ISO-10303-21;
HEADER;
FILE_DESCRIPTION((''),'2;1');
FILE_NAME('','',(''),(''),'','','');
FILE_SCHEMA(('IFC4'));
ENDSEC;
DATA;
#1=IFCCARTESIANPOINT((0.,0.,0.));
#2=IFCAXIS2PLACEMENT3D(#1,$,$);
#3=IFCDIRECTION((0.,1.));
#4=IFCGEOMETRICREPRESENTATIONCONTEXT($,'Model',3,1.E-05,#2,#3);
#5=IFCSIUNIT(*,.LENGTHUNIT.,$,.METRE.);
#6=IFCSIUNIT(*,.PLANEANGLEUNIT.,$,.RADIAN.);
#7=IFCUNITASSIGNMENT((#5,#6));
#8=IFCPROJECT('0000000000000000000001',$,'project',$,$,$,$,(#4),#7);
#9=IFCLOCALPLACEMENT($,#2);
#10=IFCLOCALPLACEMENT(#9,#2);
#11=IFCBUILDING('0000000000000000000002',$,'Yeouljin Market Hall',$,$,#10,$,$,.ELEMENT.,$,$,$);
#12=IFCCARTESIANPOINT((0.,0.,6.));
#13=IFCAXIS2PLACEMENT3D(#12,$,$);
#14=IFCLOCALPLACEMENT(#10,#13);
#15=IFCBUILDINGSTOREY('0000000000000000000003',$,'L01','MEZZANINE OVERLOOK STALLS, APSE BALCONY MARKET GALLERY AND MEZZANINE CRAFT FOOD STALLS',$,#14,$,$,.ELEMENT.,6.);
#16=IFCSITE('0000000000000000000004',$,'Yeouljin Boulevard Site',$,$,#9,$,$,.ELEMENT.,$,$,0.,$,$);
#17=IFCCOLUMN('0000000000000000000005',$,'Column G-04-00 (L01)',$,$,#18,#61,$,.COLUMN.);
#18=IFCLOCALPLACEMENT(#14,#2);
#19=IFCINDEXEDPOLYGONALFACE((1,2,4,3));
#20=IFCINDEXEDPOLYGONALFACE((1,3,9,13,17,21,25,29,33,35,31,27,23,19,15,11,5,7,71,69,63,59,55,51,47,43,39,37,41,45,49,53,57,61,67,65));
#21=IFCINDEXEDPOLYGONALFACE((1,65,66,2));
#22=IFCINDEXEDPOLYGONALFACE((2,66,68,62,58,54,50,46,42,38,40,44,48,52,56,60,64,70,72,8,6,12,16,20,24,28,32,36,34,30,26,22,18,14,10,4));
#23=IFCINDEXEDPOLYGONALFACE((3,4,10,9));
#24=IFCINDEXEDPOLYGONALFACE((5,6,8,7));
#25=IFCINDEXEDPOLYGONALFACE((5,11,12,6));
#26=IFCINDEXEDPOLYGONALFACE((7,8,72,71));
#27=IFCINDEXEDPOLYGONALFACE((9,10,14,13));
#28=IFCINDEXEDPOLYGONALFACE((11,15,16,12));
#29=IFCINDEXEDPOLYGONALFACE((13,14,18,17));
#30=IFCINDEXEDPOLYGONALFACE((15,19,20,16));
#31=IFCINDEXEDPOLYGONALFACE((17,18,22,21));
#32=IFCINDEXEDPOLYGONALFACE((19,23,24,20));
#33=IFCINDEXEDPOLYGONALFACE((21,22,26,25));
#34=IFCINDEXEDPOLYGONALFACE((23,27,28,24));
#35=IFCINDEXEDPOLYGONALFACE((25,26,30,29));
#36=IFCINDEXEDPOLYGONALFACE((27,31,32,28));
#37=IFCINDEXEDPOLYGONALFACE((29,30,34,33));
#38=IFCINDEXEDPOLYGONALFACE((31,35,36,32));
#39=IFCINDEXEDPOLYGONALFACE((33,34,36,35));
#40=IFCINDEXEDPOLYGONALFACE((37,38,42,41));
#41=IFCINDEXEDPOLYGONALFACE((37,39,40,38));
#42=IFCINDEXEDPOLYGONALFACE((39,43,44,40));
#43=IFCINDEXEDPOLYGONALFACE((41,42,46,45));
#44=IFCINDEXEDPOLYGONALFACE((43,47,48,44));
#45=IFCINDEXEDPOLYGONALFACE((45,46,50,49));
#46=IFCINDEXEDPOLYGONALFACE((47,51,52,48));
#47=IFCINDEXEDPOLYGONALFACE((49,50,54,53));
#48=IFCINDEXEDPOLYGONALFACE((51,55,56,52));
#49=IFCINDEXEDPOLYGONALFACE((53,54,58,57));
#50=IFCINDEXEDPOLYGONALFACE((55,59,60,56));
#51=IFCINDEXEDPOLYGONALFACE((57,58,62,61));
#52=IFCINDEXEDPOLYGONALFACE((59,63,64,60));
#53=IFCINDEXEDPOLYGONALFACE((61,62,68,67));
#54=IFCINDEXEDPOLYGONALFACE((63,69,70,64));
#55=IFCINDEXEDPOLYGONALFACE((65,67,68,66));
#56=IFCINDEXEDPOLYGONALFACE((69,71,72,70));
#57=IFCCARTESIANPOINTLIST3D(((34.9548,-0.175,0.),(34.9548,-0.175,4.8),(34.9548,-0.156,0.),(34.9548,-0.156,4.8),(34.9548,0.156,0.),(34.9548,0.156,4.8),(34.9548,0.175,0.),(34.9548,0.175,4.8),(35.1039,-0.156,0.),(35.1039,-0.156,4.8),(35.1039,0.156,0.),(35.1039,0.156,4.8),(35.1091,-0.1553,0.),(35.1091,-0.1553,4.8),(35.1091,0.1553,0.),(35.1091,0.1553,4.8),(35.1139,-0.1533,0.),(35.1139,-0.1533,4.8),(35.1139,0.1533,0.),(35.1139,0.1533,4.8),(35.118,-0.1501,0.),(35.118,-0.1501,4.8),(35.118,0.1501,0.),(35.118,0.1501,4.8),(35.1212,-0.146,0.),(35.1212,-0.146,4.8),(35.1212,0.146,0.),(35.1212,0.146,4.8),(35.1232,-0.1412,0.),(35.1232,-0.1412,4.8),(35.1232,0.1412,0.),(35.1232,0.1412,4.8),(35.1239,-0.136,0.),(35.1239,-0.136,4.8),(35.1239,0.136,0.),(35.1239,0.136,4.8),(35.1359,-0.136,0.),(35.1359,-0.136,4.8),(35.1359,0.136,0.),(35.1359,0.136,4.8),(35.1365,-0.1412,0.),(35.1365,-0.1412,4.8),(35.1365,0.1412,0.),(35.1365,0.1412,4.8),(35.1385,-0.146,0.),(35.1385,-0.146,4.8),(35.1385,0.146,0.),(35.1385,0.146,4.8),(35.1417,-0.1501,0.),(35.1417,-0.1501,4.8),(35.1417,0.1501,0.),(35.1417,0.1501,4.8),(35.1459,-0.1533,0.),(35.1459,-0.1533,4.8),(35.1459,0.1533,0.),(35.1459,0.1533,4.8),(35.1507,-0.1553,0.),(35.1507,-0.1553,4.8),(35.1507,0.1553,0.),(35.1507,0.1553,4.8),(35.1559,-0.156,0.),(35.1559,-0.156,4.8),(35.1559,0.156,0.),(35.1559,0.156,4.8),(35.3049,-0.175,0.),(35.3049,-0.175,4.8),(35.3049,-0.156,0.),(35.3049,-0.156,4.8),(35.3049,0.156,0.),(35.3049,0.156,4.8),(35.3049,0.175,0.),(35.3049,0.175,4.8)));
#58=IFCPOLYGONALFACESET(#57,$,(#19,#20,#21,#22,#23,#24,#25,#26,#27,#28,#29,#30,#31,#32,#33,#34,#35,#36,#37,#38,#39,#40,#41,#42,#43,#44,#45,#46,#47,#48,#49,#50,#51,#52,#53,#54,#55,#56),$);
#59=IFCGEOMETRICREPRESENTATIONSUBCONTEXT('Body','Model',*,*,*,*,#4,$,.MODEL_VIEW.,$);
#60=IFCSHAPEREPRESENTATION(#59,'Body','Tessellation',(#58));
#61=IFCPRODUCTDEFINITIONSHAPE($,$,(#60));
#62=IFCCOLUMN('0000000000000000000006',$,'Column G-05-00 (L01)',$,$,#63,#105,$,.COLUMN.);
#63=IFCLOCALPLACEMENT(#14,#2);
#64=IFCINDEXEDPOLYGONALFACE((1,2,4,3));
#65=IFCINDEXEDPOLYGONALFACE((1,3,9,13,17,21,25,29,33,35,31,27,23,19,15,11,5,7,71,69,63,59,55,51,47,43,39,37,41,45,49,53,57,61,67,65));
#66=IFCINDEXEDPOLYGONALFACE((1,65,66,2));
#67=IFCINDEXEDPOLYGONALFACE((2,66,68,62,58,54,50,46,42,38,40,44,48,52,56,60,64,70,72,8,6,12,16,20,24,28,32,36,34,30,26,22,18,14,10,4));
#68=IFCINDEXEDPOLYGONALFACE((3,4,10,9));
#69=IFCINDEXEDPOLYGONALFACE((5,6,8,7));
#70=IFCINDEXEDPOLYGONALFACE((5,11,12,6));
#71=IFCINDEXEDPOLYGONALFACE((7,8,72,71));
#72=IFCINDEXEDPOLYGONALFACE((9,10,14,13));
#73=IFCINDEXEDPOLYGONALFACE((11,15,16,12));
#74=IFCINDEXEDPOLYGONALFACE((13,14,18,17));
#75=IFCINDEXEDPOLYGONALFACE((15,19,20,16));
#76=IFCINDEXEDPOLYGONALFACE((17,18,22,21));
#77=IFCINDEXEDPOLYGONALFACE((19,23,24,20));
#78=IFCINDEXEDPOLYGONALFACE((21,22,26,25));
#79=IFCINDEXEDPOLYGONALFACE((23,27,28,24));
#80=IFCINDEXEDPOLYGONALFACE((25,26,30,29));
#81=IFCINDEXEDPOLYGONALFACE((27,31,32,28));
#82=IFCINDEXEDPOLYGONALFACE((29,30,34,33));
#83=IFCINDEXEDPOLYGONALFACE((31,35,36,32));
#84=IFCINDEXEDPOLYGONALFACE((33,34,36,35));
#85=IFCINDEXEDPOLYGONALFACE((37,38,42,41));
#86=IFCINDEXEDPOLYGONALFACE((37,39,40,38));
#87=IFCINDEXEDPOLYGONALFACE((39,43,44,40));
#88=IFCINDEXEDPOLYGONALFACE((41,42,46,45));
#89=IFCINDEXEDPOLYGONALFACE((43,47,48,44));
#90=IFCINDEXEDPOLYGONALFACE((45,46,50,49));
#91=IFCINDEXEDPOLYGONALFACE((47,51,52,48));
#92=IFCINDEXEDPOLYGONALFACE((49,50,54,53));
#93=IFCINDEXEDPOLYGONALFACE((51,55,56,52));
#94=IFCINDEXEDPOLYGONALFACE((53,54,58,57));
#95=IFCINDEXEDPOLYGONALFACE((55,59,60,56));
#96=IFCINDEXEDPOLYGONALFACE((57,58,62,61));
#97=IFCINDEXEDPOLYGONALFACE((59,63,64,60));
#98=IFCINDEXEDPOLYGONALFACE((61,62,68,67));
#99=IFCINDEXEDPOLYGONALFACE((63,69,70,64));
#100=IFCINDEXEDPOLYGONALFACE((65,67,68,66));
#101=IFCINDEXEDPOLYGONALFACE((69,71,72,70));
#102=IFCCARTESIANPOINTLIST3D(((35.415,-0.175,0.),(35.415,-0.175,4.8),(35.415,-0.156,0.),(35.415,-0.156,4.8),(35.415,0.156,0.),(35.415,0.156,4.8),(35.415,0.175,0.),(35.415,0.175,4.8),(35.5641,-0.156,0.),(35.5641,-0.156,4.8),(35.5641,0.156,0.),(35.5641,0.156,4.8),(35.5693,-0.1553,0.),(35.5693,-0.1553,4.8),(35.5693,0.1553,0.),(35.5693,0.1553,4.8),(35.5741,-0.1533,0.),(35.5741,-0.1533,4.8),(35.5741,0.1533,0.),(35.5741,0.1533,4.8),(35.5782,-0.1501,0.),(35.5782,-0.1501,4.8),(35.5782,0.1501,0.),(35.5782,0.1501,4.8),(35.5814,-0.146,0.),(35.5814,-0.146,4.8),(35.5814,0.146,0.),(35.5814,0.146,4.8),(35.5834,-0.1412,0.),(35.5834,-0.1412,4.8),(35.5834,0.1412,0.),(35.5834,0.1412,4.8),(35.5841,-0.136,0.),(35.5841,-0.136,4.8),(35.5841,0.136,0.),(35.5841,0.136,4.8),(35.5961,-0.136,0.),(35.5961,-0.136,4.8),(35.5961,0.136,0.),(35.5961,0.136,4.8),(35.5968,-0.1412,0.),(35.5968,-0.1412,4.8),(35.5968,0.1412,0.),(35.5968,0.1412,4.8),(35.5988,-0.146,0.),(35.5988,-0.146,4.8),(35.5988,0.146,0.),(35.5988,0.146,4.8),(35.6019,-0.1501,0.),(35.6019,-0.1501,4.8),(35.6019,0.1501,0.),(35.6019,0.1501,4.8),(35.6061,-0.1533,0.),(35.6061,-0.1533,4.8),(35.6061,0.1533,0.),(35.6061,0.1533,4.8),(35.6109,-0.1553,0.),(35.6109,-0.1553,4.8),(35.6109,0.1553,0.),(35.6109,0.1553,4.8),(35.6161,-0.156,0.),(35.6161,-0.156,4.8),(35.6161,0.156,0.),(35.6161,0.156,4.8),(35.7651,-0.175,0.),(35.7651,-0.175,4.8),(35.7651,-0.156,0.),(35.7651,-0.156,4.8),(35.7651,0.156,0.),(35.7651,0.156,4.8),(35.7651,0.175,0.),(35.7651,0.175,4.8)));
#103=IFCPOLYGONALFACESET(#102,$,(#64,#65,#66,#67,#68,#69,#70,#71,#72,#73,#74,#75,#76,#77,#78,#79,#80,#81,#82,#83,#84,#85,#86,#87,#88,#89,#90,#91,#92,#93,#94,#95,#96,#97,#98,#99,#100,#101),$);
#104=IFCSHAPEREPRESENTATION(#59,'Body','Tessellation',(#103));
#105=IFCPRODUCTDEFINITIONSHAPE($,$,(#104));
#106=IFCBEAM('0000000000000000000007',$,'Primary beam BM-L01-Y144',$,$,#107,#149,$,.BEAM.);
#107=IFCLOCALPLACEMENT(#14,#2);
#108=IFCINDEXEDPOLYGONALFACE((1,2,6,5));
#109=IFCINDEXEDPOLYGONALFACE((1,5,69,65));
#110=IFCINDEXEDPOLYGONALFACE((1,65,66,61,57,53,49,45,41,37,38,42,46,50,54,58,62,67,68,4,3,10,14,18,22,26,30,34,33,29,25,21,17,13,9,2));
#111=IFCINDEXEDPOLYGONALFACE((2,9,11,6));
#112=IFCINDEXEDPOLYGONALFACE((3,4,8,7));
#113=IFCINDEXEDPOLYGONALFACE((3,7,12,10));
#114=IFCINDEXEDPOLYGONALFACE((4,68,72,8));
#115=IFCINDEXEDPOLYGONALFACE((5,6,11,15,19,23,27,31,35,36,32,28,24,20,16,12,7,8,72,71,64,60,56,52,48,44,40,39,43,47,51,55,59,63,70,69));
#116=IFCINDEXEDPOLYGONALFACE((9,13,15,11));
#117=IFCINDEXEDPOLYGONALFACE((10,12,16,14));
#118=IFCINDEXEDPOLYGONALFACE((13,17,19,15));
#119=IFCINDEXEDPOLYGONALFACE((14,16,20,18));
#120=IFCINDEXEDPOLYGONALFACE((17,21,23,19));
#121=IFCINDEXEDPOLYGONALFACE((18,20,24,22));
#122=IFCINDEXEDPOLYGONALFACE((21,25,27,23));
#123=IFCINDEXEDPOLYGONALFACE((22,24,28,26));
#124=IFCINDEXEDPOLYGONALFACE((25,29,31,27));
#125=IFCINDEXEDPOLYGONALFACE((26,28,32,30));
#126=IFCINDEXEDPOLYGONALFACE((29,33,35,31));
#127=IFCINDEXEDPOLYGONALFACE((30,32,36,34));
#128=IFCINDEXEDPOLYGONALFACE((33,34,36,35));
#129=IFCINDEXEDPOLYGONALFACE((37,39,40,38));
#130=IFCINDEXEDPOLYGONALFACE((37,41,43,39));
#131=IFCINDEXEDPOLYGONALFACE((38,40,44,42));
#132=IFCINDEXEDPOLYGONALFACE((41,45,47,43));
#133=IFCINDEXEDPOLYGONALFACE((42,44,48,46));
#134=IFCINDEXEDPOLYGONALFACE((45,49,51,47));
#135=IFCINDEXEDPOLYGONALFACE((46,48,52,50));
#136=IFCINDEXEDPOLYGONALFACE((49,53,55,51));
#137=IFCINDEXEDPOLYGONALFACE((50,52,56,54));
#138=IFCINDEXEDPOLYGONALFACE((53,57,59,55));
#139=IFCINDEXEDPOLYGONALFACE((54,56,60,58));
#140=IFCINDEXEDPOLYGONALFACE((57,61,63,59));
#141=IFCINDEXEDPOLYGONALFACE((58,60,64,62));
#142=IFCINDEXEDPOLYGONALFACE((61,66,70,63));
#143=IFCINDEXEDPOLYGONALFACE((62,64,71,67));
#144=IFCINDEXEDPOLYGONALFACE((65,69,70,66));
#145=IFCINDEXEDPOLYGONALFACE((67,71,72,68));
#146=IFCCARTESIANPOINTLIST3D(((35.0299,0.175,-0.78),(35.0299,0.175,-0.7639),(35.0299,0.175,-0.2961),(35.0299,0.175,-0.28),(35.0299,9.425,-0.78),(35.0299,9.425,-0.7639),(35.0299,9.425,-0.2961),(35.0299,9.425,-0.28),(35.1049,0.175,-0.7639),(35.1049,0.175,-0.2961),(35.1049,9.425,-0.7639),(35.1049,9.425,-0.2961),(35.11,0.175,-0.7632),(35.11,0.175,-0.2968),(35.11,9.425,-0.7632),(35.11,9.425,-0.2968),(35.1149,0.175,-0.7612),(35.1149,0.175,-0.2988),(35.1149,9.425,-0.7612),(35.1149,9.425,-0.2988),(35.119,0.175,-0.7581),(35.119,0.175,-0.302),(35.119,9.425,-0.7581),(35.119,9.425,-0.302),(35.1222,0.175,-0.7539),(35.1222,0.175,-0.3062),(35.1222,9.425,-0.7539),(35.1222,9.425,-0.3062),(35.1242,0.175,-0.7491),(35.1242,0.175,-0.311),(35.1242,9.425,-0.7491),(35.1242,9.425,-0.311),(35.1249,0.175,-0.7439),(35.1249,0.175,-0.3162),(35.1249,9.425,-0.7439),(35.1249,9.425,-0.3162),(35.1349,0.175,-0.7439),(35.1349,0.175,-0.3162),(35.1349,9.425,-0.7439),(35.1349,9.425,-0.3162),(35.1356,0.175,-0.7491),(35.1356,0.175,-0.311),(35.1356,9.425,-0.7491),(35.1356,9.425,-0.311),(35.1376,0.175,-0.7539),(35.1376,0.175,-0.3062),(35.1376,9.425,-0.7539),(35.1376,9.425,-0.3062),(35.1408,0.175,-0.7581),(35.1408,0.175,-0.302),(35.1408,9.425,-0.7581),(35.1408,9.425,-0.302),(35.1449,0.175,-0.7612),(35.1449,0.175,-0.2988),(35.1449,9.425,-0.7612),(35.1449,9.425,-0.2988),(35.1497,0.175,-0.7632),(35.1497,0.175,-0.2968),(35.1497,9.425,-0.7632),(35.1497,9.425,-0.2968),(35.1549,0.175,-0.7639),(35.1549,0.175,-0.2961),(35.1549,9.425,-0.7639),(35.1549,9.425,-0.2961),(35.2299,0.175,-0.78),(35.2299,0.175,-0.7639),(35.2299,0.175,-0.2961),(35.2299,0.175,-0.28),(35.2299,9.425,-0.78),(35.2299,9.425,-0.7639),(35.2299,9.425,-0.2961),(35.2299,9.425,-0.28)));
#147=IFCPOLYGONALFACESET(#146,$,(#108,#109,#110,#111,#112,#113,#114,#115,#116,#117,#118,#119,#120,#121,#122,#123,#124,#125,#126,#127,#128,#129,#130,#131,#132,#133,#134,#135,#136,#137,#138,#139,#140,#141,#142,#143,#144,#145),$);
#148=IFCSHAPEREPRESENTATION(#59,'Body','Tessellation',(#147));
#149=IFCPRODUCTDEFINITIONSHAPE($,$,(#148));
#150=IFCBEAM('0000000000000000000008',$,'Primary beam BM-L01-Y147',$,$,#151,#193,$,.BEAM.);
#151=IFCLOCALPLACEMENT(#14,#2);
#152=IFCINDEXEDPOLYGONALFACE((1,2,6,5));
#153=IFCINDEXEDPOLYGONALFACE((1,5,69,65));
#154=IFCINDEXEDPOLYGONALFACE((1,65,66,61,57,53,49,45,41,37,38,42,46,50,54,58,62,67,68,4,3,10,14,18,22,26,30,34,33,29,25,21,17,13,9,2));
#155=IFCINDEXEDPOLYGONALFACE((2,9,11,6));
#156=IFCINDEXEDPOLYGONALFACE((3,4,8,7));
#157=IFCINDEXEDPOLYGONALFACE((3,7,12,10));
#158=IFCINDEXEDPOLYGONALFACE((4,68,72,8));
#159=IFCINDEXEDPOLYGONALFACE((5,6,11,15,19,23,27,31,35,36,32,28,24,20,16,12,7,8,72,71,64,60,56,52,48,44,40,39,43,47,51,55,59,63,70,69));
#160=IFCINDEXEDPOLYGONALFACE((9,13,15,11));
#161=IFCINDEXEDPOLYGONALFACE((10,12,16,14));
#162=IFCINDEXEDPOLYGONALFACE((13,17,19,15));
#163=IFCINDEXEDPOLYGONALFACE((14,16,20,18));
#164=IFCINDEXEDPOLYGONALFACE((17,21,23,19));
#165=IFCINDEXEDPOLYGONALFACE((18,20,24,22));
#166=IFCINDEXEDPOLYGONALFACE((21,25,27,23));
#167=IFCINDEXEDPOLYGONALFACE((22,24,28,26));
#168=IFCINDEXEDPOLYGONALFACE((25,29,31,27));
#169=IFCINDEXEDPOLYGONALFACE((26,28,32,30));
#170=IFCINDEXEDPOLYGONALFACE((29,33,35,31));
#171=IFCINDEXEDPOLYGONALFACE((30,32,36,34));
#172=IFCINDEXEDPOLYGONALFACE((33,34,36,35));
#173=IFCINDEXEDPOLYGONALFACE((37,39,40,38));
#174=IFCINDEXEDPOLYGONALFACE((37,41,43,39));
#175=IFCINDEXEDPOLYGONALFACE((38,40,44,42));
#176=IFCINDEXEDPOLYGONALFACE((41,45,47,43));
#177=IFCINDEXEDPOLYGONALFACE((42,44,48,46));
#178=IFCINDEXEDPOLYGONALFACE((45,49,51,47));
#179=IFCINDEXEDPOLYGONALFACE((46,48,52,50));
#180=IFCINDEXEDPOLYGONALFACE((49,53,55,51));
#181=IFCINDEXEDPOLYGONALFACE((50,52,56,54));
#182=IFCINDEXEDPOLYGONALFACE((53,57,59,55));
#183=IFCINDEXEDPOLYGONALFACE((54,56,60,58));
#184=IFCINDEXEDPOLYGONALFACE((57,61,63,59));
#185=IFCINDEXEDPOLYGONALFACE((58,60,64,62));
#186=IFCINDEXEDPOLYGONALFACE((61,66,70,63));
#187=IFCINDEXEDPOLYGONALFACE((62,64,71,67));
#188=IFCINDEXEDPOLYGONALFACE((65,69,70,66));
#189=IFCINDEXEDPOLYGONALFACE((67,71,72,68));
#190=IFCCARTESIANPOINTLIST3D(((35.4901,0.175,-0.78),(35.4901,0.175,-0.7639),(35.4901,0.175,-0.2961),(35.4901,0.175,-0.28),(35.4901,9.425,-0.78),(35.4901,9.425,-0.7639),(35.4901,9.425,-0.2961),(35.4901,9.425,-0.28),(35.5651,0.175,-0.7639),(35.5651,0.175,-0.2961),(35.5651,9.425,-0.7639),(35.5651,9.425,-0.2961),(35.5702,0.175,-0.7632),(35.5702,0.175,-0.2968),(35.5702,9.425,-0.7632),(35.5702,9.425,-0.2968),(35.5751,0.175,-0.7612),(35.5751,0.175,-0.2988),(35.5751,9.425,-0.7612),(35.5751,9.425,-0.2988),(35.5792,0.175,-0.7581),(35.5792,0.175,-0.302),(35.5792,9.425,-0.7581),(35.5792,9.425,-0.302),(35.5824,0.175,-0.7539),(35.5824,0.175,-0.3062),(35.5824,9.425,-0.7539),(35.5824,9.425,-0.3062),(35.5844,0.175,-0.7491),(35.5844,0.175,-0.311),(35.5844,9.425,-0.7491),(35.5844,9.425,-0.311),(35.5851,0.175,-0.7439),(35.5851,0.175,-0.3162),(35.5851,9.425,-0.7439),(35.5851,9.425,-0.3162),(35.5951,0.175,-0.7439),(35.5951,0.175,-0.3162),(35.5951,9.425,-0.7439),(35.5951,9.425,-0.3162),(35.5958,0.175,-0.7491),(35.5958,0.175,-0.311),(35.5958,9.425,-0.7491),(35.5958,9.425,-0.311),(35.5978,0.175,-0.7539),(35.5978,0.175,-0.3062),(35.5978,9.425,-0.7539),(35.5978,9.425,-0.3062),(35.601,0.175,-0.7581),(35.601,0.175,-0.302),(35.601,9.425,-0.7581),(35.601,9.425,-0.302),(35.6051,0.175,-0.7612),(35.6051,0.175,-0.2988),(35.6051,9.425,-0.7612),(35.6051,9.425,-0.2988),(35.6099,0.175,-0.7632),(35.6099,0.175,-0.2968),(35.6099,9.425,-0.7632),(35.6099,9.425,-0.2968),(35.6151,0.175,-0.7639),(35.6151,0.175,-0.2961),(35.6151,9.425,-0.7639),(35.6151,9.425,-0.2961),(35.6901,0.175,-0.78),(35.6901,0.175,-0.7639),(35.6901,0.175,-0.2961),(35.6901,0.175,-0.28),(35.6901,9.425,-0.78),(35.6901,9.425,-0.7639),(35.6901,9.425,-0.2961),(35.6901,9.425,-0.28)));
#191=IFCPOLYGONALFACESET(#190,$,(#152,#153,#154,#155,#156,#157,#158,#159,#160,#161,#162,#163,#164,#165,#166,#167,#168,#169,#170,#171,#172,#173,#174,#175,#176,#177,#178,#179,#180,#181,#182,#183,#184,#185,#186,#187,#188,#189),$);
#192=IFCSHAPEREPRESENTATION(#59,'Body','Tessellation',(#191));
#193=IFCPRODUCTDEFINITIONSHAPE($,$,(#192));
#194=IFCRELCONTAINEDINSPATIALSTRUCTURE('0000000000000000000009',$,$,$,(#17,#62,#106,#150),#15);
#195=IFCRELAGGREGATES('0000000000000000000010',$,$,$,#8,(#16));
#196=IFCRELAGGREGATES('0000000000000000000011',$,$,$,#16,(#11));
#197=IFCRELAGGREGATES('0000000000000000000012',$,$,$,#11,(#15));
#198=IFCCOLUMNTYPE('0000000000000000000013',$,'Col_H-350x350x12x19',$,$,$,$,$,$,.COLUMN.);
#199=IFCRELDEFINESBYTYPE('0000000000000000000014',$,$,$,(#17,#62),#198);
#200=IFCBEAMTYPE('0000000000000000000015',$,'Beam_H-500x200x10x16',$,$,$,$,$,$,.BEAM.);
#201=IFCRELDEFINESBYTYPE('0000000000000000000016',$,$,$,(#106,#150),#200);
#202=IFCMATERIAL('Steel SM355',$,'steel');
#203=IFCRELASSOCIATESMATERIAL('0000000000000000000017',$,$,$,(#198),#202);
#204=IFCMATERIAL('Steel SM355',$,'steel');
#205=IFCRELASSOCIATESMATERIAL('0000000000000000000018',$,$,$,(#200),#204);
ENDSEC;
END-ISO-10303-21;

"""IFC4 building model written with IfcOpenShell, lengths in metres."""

from ifc_helpers import new_model, si_unit, direction, frame, origin, origin_2d, place, context, subcontext, project, spatial, i_section, extrude, material, material_profile, profile_set, type_object, element, save


model = new_model("IFC4")

# Units and contexts
model_context = context("Model", 3, precision=1e-05, world=origin(), true_north=direction((0.0, 1.0)))
body_context = subcontext(model_context, "Body", "Model", "MODEL_VIEW")
ifc_project = project(units=[si_unit("LENGTHUNIT", "METRE"), si_unit("PLANEANGLEUNIT", "RADIAN")], contexts=[model_context])

# Site, building, storey
site_placement = place(None, origin())
site = spatial("IfcSite", under=ifc_project, at=site_placement, Name="Yeouljin Boulevard Site", CompositionType="ELEMENT", RefElevation=0.0)
building_placement = place(site_placement, origin())
building = spatial("IfcBuilding", under=site, at=building_placement, Name="Yeouljin Market Hall", CompositionType="ELEMENT")
storey_placement = place(building_placement, frame((0.0, 0.0, 6.0)))
storey = spatial("IfcBuildingStorey", under=building, at=storey_placement, Name="L01", Description="MEZZANINE OVERLOOK STALLS, APSE BALCONY MARKET GALLERY AND MEZZANINE CRAFT FOOD STALLS", CompositionType="ELEMENT", Elevation=6.0)

# Columns
ifc_material_1 = material(Name="Steel SM355", Category="steel")
ifc_material_profile_1 = material_profile(ifc_material_1, i_section(OverallWidth=0.3501, OverallDepth=0.3501, WebThickness=0.012, FlangeThickness=0.019, FilletRadius=0.02, at=origin_2d()), Name="H-350x350x12x19")
ifc_profile_set_1 = profile_set([ifc_material_profile_1], Name="Steel SM355")
column_type = type_object("IfcColumnType", Name="Col_H-350x350x12x19", PredefinedType="COLUMN", material=ifc_profile_set_1)
for number, where, z_axis, x_axis, name in (
    (1, (35.1299, 0.0, 0.0), (0.0, 0.0, 1.0), (1.0, 0.0, 0.0), "Column G-04-00 (L01)"),
    (2, (35.5901, 0.0, 0.0), (0.0, 0.0, 1.0), (1.0, 0.0, 0.0), "Column G-05-00 (L01)"),
):
    element("IfcColumn", number, at=place(storey_placement, frame(where, z_axis=z_axis, x_axis=x_axis)), inside=storey, type_object=column_type, Name=name, PredefinedType="COLUMN", context=body_context, shape_type="SweptSolid", body=[
        extrude(i_section(OverallWidth=0.3501, OverallDepth=0.3501, WebThickness=0.012, FlangeThickness=0.019, FilletRadius=0.02, at=origin_2d()), origin(), (0.0, 0.0, 1.0), 4.8),
    ])

# Beams
ifc_material_2 = material(Name="Steel SM355", Category="steel")
ifc_material_profile_2 = material_profile(ifc_material_2, i_section(OverallWidth=0.2, OverallDepth=0.5, WebThickness=0.01, FlangeThickness=0.0161, FilletRadius=0.02, at=origin_2d()), Name="H-500x200x10x16")
ifc_profile_set_2 = profile_set([ifc_material_profile_2], Name="Steel SM355")
beam_type_1 = type_object("IfcBeamType", Name="Beam_H-500x200x10x16", PredefinedType="BEAM", material=ifc_profile_set_2)
for number, where, z_axis, x_axis, name in (
    (3, (35.1299, 0.175, -0.53), (0.0, 1.0, 0.0), (-1.0, 0.0, 0.0), "Primary beam BM-L01-Y144"),
    (4, (35.5901, 0.175, -0.53), (0.0, 1.0, 0.0), (-1.0, 0.0, 0.0), "Primary beam BM-L01-Y147"),
):
    element("IfcBeam", number, at=place(storey_placement, frame(where, z_axis=z_axis, x_axis=x_axis)), inside=storey, type_object=beam_type_1, Name=name, PredefinedType="BEAM", context=body_context, shape_type="SweptSolid", body=[
        extrude(i_section(OverallWidth=0.2, OverallDepth=0.5, WebThickness=0.01, FlangeThickness=0.0161, FilletRadius=0.02, at=origin_2d()), origin(), (0.0, 0.0, 1.0), 9.25),
    ])

save(model, "model.ifc")
